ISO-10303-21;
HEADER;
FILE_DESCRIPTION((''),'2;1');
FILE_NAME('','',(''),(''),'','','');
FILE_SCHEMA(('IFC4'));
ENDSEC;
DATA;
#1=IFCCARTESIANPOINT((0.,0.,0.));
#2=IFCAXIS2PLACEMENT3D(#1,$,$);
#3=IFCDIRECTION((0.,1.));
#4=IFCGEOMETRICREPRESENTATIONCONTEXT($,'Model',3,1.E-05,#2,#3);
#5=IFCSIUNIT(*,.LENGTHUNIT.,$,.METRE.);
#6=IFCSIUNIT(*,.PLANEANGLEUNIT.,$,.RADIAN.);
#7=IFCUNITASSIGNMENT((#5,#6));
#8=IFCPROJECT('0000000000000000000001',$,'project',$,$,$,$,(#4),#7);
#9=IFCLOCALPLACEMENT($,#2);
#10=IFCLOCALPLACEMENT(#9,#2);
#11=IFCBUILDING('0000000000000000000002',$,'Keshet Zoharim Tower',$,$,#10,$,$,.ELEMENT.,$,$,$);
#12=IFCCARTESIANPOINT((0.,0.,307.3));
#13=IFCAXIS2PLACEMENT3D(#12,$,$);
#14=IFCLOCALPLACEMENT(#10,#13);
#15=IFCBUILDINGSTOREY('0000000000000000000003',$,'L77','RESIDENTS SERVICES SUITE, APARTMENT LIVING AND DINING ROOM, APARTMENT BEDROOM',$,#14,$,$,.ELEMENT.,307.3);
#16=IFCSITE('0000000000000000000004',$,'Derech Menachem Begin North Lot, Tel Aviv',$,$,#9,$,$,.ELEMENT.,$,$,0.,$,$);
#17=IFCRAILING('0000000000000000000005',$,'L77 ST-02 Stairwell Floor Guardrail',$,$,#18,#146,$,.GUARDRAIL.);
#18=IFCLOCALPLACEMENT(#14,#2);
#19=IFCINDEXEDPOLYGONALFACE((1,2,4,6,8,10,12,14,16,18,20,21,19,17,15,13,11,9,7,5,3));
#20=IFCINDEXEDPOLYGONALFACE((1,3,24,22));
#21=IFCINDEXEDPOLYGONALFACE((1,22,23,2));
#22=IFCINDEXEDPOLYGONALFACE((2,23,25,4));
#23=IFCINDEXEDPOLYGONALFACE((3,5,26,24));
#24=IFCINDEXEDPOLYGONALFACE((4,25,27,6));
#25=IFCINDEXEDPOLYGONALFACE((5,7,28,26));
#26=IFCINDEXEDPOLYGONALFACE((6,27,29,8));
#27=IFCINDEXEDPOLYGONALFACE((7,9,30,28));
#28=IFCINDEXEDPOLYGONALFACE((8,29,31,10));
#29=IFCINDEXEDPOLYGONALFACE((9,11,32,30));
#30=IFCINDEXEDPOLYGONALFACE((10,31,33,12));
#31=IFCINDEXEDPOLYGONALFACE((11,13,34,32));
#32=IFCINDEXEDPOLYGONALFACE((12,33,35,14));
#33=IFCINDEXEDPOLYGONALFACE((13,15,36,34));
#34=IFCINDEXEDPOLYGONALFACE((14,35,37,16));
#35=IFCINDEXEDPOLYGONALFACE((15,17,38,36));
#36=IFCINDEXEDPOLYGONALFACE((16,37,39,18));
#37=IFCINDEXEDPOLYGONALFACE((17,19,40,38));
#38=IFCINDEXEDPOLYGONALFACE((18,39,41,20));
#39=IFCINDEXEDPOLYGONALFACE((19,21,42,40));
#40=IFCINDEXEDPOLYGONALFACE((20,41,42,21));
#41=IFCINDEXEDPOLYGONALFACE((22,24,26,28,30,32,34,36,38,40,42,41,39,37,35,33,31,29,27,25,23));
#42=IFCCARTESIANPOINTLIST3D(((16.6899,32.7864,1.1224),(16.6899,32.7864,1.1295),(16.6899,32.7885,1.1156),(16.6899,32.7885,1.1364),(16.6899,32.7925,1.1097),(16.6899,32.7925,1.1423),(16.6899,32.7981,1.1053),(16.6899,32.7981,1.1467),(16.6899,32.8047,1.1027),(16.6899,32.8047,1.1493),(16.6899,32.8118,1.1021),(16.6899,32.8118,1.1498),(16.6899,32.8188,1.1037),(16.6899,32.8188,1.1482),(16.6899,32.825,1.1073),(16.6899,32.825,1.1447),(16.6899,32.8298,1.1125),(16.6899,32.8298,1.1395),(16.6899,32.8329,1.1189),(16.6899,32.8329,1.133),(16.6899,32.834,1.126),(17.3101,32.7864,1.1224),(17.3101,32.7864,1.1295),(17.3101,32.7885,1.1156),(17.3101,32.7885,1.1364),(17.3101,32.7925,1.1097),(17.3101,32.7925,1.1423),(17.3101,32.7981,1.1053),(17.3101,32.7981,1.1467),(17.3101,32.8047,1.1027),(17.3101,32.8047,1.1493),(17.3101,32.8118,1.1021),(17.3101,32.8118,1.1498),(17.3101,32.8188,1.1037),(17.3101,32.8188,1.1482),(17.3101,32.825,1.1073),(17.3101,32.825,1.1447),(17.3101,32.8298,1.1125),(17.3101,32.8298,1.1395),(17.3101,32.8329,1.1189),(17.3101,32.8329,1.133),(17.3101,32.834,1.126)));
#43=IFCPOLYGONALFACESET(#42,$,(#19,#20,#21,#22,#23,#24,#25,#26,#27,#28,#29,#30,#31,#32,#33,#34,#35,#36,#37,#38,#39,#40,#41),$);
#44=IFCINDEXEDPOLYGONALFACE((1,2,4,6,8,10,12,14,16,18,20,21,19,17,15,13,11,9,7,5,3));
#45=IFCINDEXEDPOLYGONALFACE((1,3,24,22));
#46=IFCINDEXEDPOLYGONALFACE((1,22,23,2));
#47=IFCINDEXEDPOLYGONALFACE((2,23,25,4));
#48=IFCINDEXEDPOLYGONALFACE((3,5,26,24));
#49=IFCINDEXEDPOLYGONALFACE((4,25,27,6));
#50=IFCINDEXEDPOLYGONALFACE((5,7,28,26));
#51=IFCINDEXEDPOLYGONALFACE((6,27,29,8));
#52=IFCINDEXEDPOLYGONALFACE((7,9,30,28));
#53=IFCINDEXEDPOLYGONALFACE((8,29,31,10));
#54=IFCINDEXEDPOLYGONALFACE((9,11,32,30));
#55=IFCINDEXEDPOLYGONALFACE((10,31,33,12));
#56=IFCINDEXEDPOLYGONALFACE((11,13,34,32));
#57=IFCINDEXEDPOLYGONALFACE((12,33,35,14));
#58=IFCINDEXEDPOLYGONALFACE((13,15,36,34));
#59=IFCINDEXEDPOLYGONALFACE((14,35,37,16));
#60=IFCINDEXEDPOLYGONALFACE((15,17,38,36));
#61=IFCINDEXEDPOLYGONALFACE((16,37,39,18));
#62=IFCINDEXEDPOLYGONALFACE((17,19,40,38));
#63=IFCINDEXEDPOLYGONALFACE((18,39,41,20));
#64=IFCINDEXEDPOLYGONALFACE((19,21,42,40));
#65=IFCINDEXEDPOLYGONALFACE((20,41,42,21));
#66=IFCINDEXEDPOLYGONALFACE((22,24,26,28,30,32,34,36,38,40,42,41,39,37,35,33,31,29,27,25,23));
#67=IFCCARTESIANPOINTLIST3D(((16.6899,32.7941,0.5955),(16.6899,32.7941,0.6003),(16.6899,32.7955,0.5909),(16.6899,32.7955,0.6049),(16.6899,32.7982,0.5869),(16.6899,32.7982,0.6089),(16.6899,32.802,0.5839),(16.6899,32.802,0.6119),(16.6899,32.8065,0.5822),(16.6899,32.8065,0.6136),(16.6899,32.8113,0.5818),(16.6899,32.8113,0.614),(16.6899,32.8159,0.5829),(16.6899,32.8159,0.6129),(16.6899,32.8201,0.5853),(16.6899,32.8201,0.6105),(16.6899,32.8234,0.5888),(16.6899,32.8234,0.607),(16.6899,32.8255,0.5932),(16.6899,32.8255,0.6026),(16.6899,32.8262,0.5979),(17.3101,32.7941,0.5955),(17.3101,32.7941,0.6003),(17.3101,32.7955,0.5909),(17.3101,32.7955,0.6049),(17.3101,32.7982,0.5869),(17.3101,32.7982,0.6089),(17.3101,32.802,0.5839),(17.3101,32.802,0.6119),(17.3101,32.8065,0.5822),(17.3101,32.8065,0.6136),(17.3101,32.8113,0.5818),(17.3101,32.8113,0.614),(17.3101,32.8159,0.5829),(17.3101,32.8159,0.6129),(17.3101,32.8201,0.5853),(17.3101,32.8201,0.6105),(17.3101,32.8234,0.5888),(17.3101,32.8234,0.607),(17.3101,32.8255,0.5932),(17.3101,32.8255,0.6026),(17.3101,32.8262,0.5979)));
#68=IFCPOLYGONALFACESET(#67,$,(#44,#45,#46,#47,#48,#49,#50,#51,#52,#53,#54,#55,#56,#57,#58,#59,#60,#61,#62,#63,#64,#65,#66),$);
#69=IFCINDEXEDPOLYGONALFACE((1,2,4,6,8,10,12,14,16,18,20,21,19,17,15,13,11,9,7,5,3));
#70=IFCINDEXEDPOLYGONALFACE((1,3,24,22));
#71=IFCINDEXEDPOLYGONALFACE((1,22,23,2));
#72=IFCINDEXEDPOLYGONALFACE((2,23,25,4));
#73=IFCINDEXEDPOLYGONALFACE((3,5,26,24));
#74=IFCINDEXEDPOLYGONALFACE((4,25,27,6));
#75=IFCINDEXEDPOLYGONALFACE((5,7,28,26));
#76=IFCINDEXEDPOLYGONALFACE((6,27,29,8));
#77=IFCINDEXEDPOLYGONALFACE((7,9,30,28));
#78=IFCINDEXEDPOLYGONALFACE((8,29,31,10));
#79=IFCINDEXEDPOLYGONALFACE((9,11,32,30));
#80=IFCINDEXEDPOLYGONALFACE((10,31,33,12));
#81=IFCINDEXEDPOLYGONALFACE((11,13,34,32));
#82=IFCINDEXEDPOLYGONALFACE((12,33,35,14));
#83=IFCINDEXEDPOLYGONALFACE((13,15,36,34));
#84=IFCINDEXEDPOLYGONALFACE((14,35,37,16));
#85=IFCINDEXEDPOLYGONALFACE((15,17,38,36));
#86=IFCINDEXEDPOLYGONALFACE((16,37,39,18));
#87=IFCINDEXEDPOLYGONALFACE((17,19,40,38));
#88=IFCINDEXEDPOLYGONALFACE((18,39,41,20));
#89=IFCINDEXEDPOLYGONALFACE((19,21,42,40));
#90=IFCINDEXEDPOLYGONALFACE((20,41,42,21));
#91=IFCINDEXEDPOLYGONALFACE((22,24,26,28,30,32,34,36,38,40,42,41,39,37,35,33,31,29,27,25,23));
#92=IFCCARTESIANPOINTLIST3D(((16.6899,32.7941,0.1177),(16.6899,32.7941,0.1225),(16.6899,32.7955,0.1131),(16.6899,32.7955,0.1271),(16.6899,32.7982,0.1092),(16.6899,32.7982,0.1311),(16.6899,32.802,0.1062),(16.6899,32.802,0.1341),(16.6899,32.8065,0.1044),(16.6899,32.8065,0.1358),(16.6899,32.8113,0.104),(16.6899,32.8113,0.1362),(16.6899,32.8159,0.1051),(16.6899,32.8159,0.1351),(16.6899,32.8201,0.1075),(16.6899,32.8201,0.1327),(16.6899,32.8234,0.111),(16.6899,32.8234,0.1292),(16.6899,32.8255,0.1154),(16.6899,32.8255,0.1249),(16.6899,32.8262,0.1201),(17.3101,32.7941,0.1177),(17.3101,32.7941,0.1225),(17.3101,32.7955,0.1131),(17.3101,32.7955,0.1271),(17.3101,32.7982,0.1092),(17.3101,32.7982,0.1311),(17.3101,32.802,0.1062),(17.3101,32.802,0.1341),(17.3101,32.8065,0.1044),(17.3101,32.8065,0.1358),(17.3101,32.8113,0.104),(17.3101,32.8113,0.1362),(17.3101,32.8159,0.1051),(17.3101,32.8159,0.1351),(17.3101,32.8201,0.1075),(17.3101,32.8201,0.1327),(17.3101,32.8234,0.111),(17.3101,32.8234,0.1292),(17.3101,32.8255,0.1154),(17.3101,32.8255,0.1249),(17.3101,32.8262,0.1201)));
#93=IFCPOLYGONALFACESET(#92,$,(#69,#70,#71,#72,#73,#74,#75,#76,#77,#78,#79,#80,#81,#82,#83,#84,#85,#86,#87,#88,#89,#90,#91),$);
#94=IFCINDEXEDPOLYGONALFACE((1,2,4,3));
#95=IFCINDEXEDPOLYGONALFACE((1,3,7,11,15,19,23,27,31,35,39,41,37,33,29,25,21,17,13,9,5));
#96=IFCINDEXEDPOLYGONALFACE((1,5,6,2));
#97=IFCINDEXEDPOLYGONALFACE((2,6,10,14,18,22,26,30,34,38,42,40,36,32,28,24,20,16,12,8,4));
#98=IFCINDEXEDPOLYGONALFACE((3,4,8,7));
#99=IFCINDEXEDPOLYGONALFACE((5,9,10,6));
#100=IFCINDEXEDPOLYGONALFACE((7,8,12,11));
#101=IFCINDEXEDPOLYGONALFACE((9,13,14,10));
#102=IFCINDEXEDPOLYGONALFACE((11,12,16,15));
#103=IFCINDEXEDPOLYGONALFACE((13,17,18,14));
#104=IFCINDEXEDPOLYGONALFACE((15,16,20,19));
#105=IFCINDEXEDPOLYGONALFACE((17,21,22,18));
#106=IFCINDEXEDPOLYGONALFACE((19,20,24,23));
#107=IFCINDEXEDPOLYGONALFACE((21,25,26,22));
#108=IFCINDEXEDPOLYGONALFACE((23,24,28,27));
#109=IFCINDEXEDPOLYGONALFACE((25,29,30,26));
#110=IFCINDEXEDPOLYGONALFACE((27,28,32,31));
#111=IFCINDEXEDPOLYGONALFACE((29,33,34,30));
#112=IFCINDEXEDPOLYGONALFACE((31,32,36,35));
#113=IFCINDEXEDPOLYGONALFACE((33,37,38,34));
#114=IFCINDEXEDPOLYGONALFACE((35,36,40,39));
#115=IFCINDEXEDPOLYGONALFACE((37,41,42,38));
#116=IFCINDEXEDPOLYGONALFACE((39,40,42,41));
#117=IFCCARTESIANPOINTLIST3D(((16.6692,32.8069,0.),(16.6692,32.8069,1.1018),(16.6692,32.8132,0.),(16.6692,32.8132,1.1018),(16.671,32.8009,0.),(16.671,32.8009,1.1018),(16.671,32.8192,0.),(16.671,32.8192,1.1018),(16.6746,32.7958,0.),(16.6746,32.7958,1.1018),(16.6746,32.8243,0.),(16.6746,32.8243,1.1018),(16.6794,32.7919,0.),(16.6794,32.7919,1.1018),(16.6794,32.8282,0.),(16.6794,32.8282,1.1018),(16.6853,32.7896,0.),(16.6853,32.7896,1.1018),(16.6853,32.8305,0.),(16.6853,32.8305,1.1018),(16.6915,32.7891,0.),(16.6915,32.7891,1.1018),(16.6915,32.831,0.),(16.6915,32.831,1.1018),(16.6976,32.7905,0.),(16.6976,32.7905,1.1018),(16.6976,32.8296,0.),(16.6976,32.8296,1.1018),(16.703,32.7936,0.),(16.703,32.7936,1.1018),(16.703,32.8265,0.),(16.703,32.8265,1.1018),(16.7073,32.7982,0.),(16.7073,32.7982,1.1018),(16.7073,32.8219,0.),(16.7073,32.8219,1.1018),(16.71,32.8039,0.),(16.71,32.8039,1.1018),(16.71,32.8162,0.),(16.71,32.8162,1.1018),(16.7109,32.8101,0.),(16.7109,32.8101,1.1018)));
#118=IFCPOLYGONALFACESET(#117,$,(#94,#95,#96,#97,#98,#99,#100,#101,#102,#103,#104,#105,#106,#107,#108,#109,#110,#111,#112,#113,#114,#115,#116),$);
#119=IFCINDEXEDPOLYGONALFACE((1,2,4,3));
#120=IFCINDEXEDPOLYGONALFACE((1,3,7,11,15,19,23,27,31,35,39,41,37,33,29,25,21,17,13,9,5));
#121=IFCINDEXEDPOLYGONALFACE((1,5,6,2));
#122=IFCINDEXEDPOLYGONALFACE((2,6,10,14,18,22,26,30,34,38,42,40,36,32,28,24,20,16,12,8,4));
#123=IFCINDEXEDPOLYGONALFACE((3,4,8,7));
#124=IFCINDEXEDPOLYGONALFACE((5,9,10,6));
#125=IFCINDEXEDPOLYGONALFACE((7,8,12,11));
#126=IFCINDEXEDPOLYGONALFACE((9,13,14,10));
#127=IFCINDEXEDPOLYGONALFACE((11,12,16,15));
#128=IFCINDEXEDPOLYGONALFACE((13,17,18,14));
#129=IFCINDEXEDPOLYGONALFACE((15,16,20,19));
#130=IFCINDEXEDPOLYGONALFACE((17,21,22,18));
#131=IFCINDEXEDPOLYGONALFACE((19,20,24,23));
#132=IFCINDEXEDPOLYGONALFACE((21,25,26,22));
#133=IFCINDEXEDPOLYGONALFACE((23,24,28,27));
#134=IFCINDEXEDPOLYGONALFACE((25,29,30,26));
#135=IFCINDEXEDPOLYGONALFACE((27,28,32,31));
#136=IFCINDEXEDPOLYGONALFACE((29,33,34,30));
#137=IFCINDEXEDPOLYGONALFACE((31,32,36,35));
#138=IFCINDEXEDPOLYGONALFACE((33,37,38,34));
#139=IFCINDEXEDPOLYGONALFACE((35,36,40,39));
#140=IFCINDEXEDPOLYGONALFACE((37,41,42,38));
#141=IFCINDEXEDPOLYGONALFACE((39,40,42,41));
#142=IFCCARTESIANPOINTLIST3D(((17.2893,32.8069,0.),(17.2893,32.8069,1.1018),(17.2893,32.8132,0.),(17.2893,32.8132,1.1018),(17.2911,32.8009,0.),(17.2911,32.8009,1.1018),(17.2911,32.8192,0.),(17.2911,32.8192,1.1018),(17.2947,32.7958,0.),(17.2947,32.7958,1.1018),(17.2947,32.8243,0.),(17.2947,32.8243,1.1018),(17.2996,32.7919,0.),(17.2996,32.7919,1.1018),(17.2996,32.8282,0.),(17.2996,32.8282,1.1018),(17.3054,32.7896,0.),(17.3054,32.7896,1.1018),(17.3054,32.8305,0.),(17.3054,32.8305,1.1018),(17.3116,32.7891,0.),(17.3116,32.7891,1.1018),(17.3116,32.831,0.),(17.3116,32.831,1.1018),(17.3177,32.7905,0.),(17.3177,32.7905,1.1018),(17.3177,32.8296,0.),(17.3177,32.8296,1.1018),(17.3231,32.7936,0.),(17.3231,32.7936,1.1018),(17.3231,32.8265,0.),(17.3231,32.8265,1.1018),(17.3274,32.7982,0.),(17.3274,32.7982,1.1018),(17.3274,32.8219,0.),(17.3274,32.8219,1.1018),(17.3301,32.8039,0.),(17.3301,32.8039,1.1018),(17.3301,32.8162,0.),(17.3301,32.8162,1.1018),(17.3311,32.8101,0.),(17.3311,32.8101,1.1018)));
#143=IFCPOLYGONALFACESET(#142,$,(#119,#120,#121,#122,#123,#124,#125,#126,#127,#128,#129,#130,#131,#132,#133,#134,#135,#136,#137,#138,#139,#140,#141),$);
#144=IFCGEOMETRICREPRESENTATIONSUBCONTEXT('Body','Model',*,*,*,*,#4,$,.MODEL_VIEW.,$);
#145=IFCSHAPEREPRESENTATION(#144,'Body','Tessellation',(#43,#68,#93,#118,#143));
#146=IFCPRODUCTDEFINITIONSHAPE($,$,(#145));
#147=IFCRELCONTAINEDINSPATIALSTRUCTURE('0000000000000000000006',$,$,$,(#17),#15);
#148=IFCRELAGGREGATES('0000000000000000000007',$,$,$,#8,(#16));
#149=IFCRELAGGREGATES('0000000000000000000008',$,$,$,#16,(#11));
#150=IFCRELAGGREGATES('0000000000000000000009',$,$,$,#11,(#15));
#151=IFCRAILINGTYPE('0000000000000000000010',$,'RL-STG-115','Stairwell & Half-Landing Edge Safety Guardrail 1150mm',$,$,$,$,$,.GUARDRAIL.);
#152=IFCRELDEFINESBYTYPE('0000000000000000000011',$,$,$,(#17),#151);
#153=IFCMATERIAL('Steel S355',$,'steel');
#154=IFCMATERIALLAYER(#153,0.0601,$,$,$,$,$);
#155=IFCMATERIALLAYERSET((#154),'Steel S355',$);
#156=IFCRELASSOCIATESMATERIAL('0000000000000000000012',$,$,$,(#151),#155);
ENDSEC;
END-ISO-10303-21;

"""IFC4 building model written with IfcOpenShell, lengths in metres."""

from ifc_helpers import new_model, si_unit, direction, frame, origin, origin_2d, place, context, subcontext, project, spatial, circle, extrude, material, layer, layer_set, type_object, element, save


model = new_model("IFC4")

# Units and contexts
model_context = context("Model", 3, precision=1e-05, world=origin(), true_north=direction((0.0, 1.0)))
body_context = subcontext(model_context, "Body", "Model", "MODEL_VIEW")
ifc_project = project(units=[si_unit("LENGTHUNIT", "METRE"), si_unit("PLANEANGLEUNIT", "RADIAN")], contexts=[model_context])

# Site, building, storey
site_placement = place(None, origin())
site = spatial("IfcSite", under=ifc_project, at=site_placement, Name="Derech Menachem Begin North Lot, Tel Aviv", CompositionType="ELEMENT", RefElevation=0.0)
building_placement = place(site_placement, origin())
building = spatial("IfcBuilding", under=site, at=building_placement, Name="Keshet Zoharim Tower", CompositionType="ELEMENT")
storey_placement = place(building_placement, frame((0.0, 0.0, 307.3)))
storey = spatial("IfcBuildingStorey", under=building, at=storey_placement, Name="L77", Description="RESIDENTS SERVICES SUITE, APARTMENT LIVING AND DINING ROOM, APARTMENT BEDROOM", CompositionType="ELEMENT", Elevation=307.3)

# Shared definitions
ifc_material_1 = material(Name="Steel S355", Category="steel")

# Railing
ifc_layer_1 = layer(ifc_material_1, 0.0601)
ifc_layer_set_1 = layer_set([ifc_layer_1], Name="Steel S355")
railing_type_1 = type_object("IfcRailingType", Name="RL-STG-115", Description="Stairwell & Half-Landing Edge Safety Guardrail 1150mm", PredefinedType="GUARDRAIL", material=ifc_layer_set_1)
railing_1_placement = place(storey_placement, frame((16.6899, 32.8101, 0.0)))
element("IfcRailing", 1, at=railing_1_placement, inside=storey, type_object=railing_type_1, Name="L77 ST-02 Stairwell Floor Guardrail", PredefinedType="GUARDRAIL", context=body_context, shape_type="SweptSolid", body=[
    extrude(circle(Radius=0.0239, at=origin_2d()), frame((0.0, 0.0, 1.126), z_axis=(1.0, 0.0, 0.0), x_axis=(0.0, 1.0, 0.0)), (0.0, 0.0, 1.0), 0.6201),
    extrude(circle(Radius=0.0161, at=origin_2d()), frame((0.0, 0.0, 0.5979), z_axis=(1.0, 0.0, 0.0), x_axis=(0.0, 1.0, 0.0)), (0.0, 0.0, 1.0), 0.6201),
    extrude(circle(Radius=0.0161, at=origin_2d()), frame((0.0, 0.0, 0.1201), z_axis=(1.0, 0.0, 0.0), x_axis=(0.0, 1.0, 0.0)), (0.0, 0.0, 1.0), 0.6201),
    extrude(circle(Radius=0.021, at=origin_2d()), origin(), (0.0, 0.0, 1.0), 1.1018),
    extrude(circle(Radius=0.021, at=origin_2d()), frame((0.6201, 0.0, 0.0)), (0.0, 0.0, 1.0), 1.1018),
])

save(model, "model.ifc")
